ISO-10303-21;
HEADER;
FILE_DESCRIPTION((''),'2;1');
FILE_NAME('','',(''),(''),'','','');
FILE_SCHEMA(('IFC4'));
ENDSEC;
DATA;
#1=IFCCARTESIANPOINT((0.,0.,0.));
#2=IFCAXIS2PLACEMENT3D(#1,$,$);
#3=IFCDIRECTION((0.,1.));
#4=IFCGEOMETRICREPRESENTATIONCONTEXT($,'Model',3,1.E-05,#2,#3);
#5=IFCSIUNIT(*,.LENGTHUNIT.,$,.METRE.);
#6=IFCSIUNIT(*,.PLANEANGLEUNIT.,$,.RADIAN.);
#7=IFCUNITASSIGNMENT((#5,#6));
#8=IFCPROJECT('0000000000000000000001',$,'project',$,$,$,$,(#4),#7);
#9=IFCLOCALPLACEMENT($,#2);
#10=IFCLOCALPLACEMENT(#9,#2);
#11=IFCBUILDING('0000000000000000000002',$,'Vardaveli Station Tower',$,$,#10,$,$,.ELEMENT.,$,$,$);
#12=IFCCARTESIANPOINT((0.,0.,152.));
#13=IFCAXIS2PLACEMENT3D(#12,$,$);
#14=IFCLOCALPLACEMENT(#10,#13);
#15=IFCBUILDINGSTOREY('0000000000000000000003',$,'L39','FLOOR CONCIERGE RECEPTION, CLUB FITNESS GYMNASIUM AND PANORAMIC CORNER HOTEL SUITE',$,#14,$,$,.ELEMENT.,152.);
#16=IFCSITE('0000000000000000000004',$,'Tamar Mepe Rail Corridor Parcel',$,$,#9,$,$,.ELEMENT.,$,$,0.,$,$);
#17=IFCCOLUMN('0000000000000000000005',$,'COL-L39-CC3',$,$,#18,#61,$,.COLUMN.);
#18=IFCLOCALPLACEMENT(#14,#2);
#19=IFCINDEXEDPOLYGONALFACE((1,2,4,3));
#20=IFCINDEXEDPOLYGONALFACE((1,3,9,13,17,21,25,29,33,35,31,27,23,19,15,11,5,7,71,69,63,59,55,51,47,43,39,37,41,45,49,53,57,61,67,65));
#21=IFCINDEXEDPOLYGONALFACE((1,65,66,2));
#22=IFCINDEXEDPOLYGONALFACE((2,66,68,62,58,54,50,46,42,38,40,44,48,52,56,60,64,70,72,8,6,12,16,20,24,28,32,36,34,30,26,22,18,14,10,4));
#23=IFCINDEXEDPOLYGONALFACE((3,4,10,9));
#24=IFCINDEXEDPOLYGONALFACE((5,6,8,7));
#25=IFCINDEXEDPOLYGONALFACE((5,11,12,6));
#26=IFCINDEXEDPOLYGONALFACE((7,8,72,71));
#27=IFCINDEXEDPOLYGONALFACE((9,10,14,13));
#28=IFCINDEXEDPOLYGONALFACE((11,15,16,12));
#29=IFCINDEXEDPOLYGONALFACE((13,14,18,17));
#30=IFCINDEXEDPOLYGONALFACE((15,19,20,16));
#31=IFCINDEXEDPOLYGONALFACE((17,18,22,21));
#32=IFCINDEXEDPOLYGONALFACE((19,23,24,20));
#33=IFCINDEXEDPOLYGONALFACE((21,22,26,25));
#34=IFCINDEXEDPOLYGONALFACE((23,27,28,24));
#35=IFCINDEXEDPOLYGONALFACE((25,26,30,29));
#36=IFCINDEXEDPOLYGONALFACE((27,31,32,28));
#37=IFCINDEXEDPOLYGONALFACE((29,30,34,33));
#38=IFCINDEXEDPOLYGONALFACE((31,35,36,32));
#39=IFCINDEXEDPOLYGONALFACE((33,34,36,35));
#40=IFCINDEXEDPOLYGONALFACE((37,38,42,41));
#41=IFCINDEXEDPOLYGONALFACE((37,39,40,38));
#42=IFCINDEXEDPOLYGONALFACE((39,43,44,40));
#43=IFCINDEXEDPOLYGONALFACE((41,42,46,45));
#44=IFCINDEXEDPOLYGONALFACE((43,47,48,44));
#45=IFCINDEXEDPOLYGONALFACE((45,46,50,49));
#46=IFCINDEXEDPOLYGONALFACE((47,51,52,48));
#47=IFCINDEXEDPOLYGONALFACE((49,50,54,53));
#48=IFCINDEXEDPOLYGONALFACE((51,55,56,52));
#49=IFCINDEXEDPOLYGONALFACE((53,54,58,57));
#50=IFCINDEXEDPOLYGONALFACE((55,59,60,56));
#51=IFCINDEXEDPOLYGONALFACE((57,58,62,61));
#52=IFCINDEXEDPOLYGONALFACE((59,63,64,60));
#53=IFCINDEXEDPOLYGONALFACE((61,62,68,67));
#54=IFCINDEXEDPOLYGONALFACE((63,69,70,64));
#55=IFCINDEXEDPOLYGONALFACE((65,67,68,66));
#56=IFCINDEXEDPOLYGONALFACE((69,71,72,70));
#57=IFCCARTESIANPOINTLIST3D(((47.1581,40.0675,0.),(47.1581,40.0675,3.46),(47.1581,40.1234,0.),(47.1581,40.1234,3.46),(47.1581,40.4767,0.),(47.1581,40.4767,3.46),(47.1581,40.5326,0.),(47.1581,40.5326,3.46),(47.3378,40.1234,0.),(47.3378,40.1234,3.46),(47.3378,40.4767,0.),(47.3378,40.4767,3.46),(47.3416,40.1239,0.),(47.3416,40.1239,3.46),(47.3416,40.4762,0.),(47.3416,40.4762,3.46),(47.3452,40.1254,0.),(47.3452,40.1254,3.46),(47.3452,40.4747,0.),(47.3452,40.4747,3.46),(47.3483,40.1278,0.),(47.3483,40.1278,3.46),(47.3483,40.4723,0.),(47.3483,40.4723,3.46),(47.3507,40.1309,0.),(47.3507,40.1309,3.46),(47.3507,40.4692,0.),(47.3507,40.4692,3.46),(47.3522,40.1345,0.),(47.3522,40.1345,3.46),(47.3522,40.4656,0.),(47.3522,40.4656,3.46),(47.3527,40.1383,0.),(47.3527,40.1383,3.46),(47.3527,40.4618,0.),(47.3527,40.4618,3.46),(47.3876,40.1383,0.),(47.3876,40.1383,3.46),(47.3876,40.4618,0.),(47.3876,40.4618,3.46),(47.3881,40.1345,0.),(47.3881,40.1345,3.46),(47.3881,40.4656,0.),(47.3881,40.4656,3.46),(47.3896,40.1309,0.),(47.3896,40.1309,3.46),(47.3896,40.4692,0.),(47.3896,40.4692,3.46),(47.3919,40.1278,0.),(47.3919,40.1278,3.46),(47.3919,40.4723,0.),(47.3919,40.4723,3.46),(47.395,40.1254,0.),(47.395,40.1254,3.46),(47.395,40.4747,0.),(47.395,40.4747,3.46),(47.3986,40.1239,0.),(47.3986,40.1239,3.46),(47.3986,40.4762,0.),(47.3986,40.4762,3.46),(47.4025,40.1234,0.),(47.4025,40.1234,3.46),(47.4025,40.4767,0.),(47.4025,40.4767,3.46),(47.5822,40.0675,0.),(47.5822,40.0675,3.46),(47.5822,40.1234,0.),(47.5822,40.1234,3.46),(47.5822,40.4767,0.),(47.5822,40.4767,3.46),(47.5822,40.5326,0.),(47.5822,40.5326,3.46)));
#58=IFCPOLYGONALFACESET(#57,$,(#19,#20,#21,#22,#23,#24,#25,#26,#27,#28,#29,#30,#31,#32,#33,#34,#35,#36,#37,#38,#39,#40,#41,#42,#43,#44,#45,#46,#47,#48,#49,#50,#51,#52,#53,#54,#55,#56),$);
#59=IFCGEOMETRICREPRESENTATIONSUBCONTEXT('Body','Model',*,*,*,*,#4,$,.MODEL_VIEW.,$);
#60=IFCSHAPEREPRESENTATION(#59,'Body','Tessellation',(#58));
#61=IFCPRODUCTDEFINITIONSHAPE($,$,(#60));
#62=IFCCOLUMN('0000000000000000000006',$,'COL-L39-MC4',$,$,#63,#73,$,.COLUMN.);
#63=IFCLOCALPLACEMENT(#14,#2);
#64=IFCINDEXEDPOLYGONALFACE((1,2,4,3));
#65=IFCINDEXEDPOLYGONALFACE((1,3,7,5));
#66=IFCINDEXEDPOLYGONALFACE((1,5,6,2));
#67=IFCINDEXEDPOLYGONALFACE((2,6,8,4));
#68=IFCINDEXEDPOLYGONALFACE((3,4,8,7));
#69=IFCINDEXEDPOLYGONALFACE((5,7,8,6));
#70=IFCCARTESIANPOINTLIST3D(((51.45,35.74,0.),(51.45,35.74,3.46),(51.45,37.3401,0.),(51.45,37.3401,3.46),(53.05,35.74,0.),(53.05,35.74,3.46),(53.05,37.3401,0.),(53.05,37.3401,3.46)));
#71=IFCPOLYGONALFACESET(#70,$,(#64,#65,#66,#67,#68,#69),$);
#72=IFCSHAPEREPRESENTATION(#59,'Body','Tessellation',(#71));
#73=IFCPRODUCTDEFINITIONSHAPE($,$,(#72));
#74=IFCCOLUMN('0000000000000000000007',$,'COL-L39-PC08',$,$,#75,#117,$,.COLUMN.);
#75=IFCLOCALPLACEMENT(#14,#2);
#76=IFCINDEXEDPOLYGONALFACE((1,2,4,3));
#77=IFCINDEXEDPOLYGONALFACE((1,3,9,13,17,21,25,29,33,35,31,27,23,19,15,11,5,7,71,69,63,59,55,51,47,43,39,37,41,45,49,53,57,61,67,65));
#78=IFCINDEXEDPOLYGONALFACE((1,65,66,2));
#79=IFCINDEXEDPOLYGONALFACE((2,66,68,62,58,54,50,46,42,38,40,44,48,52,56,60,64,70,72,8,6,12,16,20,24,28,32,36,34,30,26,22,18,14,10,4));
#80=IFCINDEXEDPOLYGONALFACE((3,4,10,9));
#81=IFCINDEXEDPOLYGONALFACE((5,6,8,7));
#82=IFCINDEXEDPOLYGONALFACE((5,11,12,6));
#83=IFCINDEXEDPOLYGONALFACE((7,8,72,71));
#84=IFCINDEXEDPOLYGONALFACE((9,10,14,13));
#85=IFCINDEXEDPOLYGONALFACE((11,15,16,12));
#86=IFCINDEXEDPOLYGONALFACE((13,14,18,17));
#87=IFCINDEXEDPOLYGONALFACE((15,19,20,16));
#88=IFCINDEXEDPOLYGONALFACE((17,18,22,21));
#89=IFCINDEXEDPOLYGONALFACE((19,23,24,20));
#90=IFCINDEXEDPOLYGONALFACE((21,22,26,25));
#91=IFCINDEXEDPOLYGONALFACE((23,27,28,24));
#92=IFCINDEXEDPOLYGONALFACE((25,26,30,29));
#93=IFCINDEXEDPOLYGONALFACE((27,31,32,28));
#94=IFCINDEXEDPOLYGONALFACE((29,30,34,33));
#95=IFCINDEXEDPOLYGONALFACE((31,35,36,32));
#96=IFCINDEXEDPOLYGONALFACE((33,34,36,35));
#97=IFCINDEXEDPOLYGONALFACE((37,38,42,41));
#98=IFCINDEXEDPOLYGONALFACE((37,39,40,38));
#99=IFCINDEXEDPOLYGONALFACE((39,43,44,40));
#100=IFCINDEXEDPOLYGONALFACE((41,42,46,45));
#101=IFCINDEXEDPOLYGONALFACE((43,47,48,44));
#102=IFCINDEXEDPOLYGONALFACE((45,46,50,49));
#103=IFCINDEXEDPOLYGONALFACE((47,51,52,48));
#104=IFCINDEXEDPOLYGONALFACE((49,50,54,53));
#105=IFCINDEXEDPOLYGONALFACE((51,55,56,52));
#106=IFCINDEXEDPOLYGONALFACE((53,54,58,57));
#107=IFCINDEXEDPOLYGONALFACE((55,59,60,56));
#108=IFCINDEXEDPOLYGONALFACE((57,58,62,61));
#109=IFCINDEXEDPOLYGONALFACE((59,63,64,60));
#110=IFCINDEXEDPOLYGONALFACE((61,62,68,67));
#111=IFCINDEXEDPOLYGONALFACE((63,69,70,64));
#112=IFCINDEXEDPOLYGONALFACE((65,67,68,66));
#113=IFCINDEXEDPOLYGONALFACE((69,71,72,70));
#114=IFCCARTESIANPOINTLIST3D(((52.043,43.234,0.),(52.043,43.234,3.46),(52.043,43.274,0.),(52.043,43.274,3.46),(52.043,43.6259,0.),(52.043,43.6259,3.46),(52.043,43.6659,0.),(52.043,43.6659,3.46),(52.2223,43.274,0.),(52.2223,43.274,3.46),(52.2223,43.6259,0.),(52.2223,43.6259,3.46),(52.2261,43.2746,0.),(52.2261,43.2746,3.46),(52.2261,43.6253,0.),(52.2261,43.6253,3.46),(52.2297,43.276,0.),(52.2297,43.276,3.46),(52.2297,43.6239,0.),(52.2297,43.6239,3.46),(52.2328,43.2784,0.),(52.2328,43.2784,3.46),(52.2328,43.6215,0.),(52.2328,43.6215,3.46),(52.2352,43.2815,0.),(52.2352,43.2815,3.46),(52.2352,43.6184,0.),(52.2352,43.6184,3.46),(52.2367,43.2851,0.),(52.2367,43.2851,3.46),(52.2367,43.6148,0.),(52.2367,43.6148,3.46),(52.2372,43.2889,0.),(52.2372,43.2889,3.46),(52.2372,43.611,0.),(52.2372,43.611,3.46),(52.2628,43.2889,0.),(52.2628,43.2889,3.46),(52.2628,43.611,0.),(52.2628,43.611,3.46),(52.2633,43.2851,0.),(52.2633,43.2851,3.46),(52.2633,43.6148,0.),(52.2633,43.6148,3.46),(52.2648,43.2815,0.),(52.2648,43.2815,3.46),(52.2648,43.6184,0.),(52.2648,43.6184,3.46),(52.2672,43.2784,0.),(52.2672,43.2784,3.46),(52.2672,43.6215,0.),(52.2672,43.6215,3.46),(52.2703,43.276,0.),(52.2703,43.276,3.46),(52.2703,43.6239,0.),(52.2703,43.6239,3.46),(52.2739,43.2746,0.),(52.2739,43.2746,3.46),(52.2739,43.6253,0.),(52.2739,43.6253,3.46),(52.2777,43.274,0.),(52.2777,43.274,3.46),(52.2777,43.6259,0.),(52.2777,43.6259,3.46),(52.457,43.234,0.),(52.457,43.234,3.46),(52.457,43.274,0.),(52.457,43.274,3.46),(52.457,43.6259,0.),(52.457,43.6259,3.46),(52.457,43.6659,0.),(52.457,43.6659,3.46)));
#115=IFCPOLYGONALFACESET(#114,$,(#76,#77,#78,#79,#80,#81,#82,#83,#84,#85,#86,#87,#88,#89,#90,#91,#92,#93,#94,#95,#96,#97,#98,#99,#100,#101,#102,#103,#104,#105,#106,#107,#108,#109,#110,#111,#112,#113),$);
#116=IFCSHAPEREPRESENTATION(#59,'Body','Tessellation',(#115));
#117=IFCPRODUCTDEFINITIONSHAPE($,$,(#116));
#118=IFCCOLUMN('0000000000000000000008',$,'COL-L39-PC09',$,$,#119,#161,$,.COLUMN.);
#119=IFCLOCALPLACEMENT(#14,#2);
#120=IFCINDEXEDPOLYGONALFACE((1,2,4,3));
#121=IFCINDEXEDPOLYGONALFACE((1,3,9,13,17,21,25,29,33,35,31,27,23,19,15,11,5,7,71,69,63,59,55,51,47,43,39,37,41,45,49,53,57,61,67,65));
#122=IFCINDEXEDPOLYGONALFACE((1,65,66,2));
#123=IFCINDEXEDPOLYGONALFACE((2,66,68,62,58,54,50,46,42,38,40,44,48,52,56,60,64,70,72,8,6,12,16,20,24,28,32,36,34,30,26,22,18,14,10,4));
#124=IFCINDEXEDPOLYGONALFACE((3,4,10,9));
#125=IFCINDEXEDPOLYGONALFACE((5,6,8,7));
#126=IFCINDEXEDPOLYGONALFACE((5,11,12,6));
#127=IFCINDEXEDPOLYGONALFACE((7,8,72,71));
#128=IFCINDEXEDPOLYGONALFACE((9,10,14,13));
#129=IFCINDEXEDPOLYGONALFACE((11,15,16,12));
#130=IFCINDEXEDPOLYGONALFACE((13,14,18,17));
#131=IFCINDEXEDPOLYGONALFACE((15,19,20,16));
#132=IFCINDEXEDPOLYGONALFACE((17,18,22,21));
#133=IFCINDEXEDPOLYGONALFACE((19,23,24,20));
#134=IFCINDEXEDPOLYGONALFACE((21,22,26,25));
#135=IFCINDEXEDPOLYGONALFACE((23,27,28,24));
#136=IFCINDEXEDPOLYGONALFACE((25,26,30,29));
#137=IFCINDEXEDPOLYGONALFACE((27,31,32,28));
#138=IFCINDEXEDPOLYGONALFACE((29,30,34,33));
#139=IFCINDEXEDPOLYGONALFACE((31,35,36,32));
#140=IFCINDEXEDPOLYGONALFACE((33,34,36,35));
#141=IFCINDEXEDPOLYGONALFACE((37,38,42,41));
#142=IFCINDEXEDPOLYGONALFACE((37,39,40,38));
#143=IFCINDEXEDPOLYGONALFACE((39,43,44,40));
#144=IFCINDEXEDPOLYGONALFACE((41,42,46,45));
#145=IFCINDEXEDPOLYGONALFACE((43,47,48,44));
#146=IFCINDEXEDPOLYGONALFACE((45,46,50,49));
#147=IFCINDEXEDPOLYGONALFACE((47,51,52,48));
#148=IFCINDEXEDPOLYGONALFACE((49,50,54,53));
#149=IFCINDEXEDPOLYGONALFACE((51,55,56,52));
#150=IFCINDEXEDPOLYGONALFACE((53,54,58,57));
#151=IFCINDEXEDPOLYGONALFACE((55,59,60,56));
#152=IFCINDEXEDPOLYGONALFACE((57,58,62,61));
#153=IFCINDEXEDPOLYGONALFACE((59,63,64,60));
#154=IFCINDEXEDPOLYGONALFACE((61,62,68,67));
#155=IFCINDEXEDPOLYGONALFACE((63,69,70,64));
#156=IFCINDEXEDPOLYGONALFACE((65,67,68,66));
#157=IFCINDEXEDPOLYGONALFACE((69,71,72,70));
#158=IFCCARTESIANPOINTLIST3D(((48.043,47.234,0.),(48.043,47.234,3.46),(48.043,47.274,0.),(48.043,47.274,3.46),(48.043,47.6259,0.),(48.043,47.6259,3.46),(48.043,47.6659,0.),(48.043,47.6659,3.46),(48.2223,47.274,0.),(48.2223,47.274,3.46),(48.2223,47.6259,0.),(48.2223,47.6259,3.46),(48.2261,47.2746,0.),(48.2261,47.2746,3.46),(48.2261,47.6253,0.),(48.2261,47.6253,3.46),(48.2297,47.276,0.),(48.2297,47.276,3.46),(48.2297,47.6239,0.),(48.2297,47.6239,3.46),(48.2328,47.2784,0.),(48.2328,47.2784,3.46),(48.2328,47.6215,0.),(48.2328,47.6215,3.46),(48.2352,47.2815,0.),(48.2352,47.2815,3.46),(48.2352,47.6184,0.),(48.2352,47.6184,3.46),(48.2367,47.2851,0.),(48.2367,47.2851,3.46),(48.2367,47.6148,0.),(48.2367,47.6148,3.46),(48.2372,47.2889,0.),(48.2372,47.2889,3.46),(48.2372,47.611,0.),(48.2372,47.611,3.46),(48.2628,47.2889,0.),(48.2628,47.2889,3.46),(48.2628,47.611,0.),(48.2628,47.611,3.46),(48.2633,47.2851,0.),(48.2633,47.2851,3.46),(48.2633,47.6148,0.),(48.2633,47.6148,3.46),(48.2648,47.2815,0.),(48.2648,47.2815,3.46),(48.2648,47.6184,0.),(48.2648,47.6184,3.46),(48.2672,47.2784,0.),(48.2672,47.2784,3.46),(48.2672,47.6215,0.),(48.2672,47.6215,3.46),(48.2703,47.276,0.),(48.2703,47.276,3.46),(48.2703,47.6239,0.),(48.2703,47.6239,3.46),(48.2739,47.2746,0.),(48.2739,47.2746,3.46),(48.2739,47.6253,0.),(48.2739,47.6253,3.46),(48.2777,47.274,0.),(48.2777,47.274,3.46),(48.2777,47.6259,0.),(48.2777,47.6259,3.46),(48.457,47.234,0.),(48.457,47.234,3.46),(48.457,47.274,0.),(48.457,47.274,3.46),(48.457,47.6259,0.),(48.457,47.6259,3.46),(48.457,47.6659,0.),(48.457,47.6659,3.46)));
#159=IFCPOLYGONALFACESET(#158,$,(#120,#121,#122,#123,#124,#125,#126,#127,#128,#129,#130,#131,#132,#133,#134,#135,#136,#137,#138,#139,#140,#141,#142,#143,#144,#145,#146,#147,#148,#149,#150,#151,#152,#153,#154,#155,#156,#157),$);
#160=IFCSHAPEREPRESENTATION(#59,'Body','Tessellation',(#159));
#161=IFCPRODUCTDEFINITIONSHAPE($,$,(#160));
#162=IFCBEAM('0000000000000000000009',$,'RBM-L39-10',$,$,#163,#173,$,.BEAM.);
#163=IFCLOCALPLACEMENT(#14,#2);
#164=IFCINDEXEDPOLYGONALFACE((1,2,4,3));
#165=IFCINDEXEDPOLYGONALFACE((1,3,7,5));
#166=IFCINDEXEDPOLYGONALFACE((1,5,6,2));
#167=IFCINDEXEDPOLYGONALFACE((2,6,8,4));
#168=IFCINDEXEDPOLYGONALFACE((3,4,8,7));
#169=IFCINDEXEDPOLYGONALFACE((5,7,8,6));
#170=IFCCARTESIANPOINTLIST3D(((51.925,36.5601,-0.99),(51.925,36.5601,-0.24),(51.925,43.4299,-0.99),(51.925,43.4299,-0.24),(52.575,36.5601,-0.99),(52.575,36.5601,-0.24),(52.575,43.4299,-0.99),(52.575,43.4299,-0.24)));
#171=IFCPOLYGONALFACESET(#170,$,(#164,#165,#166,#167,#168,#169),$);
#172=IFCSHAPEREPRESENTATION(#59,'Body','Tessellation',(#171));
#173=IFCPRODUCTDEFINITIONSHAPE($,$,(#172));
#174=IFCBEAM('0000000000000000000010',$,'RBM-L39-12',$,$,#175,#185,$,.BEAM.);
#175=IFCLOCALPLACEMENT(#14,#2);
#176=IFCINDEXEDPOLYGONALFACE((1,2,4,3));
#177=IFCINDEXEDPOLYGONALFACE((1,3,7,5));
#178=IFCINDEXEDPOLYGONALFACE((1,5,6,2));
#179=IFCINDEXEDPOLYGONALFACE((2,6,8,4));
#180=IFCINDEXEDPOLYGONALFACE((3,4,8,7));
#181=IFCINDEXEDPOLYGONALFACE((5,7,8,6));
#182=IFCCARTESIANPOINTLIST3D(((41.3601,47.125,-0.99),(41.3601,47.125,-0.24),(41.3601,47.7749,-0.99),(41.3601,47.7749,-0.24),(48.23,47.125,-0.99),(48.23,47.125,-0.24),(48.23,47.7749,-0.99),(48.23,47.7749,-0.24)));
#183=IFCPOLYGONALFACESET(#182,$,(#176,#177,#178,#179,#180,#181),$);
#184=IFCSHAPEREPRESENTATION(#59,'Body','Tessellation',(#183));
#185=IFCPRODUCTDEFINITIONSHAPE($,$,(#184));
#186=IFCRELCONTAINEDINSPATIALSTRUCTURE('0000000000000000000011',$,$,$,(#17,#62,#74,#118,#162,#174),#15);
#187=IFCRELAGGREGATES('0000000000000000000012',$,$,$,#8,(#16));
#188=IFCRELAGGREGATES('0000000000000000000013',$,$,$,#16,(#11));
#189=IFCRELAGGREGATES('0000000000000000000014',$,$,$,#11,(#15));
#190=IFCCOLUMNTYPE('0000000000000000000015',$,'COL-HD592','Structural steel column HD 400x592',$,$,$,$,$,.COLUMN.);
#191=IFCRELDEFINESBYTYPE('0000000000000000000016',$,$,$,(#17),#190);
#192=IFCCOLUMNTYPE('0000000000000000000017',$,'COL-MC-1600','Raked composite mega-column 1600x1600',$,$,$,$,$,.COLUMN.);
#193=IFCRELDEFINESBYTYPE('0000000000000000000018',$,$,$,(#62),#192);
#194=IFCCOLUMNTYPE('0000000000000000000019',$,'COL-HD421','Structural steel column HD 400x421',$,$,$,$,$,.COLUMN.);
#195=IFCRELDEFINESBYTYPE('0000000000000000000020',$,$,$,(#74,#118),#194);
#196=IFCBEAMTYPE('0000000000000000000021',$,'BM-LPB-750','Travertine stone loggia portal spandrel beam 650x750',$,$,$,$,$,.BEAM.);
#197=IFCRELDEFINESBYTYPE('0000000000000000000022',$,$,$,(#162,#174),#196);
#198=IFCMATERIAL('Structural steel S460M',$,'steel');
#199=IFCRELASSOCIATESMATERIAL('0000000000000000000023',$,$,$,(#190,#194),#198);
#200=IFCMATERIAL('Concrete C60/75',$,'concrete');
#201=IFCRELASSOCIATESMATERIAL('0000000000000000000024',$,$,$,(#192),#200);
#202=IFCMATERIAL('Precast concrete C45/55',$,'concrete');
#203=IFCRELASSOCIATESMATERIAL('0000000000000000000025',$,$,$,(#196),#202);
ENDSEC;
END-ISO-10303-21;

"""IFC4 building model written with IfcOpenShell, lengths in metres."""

from ifc_helpers import new_model, si_unit, direction, frame, origin, origin_2d, place, context, subcontext, project, spatial, rectangle, i_section, extrude, source, transform, mapped, material, material_profile, profile_set, type_object, element, save


model = new_model("IFC4")

# Units and contexts
model_context = context("Model", 3, precision=1e-05, world=origin(), true_north=direction((0.0, 1.0)))
body_context = subcontext(model_context, "Body", "Model", "MODEL_VIEW")
ifc_project = project(units=[si_unit("LENGTHUNIT", "METRE"), si_unit("PLANEANGLEUNIT", "RADIAN")], contexts=[model_context])

# Site, building, storey
site_placement = place(None, origin())
site = spatial("IfcSite", under=ifc_project, at=site_placement, Name="Tamar Mepe Rail Corridor Parcel", CompositionType="ELEMENT", RefElevation=0.0)
building_placement = place(site_placement, origin())
building = spatial("IfcBuilding", under=site, at=building_placement, Name="Vardaveli Station Tower", CompositionType="ELEMENT")
storey_placement = place(building_placement, frame((0.0, 0.0, 152.0)))
storey = spatial("IfcBuildingStorey", under=building, at=storey_placement, Name="L39", Description="FLOOR CONCIERGE RECEPTION, CLUB FITNESS GYMNASIUM AND PANORAMIC CORNER HOTEL SUITE", CompositionType="ELEMENT", Elevation=152.0)

# Columns
ifc_material_1 = material(Name="Structural steel S460M", Category="steel")
ifc_material_profile_1 = material_profile(ifc_material_1, i_section(OverallWidth=0.4241, OverallDepth=0.4651, WebThickness=0.0349, FlangeThickness=0.0559, FilletRadius=0.0149, at=origin_2d()), Name="HD 400x592")
ifc_profile_set_1 = profile_set([ifc_material_profile_1], Name="Structural steel S460M")
column_type_1 = type_object("IfcColumnType", Name="COL-HD592", Description="Structural steel column HD 400x592", PredefinedType="COLUMN", material=ifc_profile_set_1)
shared_shape_1 = source(origin(), body_context, "Body", "SweptSolid", [
    extrude(i_section(OverallWidth=0.4241, OverallDepth=0.4651, WebThickness=0.0349, FlangeThickness=0.0559, FilletRadius=0.0149, at=origin_2d()), origin(), (0.0, 0.0, 1.0), 3.46),
])
column_1_placement = place(storey_placement, frame((47.3701, 40.3, 0.0), z_axis=(0.0, 0.0, 1.0), x_axis=(1.0, 0.0, 0.0)))
element("IfcColumn", 1, at=column_1_placement, inside=storey, type_object=column_type_1, Name="COL-L39-CC3", PredefinedType="COLUMN", context=body_context, shape_type="MappedRepresentation", body=[
    mapped(shared_shape_1, transform((0.0, 0.0, 0.0), scale=1.0)),
])
ifc_material_2 = material(Name="Concrete C60/75", Category="concrete")
ifc_material_profile_2 = material_profile(ifc_material_2, rectangle(XDim=1.6001, YDim=1.6001, at=origin_2d()), Name="MC 1600x1600")
ifc_profile_set_2 = profile_set([ifc_material_profile_2], Name="Concrete C60/75")
column_type_2 = type_object("IfcColumnType", Name="COL-MC-1600", Description="Raked composite mega-column 1600x1600", PredefinedType="COLUMN", material=ifc_profile_set_2)
shared_shape_2 = source(origin(), body_context, "Body", "SweptSolid", [
    extrude(rectangle(XDim=1.6001, YDim=1.6001, at=origin_2d()), origin(), (0.0, 0.0, 1.0), 3.46),
])
column_2_placement = place(storey_placement, frame((52.25, 36.54, 0.0), z_axis=(0.0, 0.0, 1.0), x_axis=(1.0, 0.0, 0.0)))
element("IfcColumn", 2, at=column_2_placement, inside=storey, type_object=column_type_2, Name="COL-L39-MC4", PredefinedType="COLUMN", context=body_context, shape_type="MappedRepresentation", body=[
    mapped(shared_shape_2, transform((0.0, 0.0, 0.0), scale=1.0)),
])
ifc_material_profile_3 = material_profile(ifc_material_1, i_section(OverallWidth=0.4141, OverallDepth=0.4319, WebThickness=0.0256, FlangeThickness=0.04, FilletRadius=0.0149, at=origin_2d()), Name="HD 400x421")
ifc_profile_set_3 = profile_set([ifc_material_profile_3], Name="Structural steel S460M")
column_type_3 = type_object("IfcColumnType", Name="COL-HD421", Description="Structural steel column HD 400x421", PredefinedType="COLUMN", material=ifc_profile_set_3)
shared_shape_3 = source(origin(), body_context, "Body", "SweptSolid", [
    extrude(i_section(OverallWidth=0.4141, OverallDepth=0.4319, WebThickness=0.0256, FlangeThickness=0.04, FilletRadius=0.0149, at=origin_2d()), origin(), (0.0, 0.0, 1.0), 3.46),
])
for number, where, z_axis, x_axis, name in (
    (3, (52.25, 43.45, 0.0), (0.0, 0.0, 1.0), (1.0, 0.0, 0.0), "COL-L39-PC08"),
    (4, (48.25, 47.45, 0.0), (0.0, 0.0, 1.0), (1.0, 0.0, 0.0), "COL-L39-PC09"),
):
    element("IfcColumn", number, at=place(storey_placement, frame(where, z_axis=z_axis, x_axis=x_axis)), inside=storey, type_object=column_type_3, Name=name, PredefinedType="COLUMN", context=body_context, shape_type="MappedRepresentation", body=[
        mapped(shared_shape_3, transform((0.0, 0.0, 0.0), scale=1.0)),
    ])

# Beams
ifc_material_3 = material(Name="Precast concrete C45/55", Category="concrete")
ifc_material_profile_4 = material_profile(ifc_material_3, rectangle(XDim=0.6499, YDim=0.75, at=origin_2d()), Name="LPB 650x750")
ifc_profile_set_4 = profile_set([ifc_material_profile_4], Name="Precast concrete C45/55")
beam_type = type_object("IfcBeamType", Name="BM-LPB-750", Description="Travertine stone loggia portal spandrel beam 650x750", PredefinedType="BEAM", material=ifc_profile_set_4)
shared_shape_4 = source(origin(), body_context, "Body", "SweptSolid", [
    extrude(rectangle(XDim=0.6499, YDim=0.75, at=origin_2d()), origin(), (0.0, 0.0, 1.0), 6.8699),
])
for number, where, z_axis, x_axis, name in (
    (5, (52.25, 36.5601, -0.615), (0.0, 1.0, 0.0), (-1.0, 0.0, 0.0), "RBM-L39-10"),
    (6, (48.23, 47.45, -0.615), (-1.0, 0.0, 0.0), (0.0, -1.0, 0.0), "RBM-L39-12"),
):
    element("IfcBeam", number, at=place(storey_placement, frame(where, z_axis=z_axis, x_axis=x_axis)), inside=storey, type_object=beam_type, Name=name, PredefinedType="BEAM", context=body_context, shape_type="MappedRepresentation", body=[
        mapped(shared_shape_4, transform((0.0, 0.0, 0.0), scale=1.0)),
    ])

save(model, "model.ifc")
